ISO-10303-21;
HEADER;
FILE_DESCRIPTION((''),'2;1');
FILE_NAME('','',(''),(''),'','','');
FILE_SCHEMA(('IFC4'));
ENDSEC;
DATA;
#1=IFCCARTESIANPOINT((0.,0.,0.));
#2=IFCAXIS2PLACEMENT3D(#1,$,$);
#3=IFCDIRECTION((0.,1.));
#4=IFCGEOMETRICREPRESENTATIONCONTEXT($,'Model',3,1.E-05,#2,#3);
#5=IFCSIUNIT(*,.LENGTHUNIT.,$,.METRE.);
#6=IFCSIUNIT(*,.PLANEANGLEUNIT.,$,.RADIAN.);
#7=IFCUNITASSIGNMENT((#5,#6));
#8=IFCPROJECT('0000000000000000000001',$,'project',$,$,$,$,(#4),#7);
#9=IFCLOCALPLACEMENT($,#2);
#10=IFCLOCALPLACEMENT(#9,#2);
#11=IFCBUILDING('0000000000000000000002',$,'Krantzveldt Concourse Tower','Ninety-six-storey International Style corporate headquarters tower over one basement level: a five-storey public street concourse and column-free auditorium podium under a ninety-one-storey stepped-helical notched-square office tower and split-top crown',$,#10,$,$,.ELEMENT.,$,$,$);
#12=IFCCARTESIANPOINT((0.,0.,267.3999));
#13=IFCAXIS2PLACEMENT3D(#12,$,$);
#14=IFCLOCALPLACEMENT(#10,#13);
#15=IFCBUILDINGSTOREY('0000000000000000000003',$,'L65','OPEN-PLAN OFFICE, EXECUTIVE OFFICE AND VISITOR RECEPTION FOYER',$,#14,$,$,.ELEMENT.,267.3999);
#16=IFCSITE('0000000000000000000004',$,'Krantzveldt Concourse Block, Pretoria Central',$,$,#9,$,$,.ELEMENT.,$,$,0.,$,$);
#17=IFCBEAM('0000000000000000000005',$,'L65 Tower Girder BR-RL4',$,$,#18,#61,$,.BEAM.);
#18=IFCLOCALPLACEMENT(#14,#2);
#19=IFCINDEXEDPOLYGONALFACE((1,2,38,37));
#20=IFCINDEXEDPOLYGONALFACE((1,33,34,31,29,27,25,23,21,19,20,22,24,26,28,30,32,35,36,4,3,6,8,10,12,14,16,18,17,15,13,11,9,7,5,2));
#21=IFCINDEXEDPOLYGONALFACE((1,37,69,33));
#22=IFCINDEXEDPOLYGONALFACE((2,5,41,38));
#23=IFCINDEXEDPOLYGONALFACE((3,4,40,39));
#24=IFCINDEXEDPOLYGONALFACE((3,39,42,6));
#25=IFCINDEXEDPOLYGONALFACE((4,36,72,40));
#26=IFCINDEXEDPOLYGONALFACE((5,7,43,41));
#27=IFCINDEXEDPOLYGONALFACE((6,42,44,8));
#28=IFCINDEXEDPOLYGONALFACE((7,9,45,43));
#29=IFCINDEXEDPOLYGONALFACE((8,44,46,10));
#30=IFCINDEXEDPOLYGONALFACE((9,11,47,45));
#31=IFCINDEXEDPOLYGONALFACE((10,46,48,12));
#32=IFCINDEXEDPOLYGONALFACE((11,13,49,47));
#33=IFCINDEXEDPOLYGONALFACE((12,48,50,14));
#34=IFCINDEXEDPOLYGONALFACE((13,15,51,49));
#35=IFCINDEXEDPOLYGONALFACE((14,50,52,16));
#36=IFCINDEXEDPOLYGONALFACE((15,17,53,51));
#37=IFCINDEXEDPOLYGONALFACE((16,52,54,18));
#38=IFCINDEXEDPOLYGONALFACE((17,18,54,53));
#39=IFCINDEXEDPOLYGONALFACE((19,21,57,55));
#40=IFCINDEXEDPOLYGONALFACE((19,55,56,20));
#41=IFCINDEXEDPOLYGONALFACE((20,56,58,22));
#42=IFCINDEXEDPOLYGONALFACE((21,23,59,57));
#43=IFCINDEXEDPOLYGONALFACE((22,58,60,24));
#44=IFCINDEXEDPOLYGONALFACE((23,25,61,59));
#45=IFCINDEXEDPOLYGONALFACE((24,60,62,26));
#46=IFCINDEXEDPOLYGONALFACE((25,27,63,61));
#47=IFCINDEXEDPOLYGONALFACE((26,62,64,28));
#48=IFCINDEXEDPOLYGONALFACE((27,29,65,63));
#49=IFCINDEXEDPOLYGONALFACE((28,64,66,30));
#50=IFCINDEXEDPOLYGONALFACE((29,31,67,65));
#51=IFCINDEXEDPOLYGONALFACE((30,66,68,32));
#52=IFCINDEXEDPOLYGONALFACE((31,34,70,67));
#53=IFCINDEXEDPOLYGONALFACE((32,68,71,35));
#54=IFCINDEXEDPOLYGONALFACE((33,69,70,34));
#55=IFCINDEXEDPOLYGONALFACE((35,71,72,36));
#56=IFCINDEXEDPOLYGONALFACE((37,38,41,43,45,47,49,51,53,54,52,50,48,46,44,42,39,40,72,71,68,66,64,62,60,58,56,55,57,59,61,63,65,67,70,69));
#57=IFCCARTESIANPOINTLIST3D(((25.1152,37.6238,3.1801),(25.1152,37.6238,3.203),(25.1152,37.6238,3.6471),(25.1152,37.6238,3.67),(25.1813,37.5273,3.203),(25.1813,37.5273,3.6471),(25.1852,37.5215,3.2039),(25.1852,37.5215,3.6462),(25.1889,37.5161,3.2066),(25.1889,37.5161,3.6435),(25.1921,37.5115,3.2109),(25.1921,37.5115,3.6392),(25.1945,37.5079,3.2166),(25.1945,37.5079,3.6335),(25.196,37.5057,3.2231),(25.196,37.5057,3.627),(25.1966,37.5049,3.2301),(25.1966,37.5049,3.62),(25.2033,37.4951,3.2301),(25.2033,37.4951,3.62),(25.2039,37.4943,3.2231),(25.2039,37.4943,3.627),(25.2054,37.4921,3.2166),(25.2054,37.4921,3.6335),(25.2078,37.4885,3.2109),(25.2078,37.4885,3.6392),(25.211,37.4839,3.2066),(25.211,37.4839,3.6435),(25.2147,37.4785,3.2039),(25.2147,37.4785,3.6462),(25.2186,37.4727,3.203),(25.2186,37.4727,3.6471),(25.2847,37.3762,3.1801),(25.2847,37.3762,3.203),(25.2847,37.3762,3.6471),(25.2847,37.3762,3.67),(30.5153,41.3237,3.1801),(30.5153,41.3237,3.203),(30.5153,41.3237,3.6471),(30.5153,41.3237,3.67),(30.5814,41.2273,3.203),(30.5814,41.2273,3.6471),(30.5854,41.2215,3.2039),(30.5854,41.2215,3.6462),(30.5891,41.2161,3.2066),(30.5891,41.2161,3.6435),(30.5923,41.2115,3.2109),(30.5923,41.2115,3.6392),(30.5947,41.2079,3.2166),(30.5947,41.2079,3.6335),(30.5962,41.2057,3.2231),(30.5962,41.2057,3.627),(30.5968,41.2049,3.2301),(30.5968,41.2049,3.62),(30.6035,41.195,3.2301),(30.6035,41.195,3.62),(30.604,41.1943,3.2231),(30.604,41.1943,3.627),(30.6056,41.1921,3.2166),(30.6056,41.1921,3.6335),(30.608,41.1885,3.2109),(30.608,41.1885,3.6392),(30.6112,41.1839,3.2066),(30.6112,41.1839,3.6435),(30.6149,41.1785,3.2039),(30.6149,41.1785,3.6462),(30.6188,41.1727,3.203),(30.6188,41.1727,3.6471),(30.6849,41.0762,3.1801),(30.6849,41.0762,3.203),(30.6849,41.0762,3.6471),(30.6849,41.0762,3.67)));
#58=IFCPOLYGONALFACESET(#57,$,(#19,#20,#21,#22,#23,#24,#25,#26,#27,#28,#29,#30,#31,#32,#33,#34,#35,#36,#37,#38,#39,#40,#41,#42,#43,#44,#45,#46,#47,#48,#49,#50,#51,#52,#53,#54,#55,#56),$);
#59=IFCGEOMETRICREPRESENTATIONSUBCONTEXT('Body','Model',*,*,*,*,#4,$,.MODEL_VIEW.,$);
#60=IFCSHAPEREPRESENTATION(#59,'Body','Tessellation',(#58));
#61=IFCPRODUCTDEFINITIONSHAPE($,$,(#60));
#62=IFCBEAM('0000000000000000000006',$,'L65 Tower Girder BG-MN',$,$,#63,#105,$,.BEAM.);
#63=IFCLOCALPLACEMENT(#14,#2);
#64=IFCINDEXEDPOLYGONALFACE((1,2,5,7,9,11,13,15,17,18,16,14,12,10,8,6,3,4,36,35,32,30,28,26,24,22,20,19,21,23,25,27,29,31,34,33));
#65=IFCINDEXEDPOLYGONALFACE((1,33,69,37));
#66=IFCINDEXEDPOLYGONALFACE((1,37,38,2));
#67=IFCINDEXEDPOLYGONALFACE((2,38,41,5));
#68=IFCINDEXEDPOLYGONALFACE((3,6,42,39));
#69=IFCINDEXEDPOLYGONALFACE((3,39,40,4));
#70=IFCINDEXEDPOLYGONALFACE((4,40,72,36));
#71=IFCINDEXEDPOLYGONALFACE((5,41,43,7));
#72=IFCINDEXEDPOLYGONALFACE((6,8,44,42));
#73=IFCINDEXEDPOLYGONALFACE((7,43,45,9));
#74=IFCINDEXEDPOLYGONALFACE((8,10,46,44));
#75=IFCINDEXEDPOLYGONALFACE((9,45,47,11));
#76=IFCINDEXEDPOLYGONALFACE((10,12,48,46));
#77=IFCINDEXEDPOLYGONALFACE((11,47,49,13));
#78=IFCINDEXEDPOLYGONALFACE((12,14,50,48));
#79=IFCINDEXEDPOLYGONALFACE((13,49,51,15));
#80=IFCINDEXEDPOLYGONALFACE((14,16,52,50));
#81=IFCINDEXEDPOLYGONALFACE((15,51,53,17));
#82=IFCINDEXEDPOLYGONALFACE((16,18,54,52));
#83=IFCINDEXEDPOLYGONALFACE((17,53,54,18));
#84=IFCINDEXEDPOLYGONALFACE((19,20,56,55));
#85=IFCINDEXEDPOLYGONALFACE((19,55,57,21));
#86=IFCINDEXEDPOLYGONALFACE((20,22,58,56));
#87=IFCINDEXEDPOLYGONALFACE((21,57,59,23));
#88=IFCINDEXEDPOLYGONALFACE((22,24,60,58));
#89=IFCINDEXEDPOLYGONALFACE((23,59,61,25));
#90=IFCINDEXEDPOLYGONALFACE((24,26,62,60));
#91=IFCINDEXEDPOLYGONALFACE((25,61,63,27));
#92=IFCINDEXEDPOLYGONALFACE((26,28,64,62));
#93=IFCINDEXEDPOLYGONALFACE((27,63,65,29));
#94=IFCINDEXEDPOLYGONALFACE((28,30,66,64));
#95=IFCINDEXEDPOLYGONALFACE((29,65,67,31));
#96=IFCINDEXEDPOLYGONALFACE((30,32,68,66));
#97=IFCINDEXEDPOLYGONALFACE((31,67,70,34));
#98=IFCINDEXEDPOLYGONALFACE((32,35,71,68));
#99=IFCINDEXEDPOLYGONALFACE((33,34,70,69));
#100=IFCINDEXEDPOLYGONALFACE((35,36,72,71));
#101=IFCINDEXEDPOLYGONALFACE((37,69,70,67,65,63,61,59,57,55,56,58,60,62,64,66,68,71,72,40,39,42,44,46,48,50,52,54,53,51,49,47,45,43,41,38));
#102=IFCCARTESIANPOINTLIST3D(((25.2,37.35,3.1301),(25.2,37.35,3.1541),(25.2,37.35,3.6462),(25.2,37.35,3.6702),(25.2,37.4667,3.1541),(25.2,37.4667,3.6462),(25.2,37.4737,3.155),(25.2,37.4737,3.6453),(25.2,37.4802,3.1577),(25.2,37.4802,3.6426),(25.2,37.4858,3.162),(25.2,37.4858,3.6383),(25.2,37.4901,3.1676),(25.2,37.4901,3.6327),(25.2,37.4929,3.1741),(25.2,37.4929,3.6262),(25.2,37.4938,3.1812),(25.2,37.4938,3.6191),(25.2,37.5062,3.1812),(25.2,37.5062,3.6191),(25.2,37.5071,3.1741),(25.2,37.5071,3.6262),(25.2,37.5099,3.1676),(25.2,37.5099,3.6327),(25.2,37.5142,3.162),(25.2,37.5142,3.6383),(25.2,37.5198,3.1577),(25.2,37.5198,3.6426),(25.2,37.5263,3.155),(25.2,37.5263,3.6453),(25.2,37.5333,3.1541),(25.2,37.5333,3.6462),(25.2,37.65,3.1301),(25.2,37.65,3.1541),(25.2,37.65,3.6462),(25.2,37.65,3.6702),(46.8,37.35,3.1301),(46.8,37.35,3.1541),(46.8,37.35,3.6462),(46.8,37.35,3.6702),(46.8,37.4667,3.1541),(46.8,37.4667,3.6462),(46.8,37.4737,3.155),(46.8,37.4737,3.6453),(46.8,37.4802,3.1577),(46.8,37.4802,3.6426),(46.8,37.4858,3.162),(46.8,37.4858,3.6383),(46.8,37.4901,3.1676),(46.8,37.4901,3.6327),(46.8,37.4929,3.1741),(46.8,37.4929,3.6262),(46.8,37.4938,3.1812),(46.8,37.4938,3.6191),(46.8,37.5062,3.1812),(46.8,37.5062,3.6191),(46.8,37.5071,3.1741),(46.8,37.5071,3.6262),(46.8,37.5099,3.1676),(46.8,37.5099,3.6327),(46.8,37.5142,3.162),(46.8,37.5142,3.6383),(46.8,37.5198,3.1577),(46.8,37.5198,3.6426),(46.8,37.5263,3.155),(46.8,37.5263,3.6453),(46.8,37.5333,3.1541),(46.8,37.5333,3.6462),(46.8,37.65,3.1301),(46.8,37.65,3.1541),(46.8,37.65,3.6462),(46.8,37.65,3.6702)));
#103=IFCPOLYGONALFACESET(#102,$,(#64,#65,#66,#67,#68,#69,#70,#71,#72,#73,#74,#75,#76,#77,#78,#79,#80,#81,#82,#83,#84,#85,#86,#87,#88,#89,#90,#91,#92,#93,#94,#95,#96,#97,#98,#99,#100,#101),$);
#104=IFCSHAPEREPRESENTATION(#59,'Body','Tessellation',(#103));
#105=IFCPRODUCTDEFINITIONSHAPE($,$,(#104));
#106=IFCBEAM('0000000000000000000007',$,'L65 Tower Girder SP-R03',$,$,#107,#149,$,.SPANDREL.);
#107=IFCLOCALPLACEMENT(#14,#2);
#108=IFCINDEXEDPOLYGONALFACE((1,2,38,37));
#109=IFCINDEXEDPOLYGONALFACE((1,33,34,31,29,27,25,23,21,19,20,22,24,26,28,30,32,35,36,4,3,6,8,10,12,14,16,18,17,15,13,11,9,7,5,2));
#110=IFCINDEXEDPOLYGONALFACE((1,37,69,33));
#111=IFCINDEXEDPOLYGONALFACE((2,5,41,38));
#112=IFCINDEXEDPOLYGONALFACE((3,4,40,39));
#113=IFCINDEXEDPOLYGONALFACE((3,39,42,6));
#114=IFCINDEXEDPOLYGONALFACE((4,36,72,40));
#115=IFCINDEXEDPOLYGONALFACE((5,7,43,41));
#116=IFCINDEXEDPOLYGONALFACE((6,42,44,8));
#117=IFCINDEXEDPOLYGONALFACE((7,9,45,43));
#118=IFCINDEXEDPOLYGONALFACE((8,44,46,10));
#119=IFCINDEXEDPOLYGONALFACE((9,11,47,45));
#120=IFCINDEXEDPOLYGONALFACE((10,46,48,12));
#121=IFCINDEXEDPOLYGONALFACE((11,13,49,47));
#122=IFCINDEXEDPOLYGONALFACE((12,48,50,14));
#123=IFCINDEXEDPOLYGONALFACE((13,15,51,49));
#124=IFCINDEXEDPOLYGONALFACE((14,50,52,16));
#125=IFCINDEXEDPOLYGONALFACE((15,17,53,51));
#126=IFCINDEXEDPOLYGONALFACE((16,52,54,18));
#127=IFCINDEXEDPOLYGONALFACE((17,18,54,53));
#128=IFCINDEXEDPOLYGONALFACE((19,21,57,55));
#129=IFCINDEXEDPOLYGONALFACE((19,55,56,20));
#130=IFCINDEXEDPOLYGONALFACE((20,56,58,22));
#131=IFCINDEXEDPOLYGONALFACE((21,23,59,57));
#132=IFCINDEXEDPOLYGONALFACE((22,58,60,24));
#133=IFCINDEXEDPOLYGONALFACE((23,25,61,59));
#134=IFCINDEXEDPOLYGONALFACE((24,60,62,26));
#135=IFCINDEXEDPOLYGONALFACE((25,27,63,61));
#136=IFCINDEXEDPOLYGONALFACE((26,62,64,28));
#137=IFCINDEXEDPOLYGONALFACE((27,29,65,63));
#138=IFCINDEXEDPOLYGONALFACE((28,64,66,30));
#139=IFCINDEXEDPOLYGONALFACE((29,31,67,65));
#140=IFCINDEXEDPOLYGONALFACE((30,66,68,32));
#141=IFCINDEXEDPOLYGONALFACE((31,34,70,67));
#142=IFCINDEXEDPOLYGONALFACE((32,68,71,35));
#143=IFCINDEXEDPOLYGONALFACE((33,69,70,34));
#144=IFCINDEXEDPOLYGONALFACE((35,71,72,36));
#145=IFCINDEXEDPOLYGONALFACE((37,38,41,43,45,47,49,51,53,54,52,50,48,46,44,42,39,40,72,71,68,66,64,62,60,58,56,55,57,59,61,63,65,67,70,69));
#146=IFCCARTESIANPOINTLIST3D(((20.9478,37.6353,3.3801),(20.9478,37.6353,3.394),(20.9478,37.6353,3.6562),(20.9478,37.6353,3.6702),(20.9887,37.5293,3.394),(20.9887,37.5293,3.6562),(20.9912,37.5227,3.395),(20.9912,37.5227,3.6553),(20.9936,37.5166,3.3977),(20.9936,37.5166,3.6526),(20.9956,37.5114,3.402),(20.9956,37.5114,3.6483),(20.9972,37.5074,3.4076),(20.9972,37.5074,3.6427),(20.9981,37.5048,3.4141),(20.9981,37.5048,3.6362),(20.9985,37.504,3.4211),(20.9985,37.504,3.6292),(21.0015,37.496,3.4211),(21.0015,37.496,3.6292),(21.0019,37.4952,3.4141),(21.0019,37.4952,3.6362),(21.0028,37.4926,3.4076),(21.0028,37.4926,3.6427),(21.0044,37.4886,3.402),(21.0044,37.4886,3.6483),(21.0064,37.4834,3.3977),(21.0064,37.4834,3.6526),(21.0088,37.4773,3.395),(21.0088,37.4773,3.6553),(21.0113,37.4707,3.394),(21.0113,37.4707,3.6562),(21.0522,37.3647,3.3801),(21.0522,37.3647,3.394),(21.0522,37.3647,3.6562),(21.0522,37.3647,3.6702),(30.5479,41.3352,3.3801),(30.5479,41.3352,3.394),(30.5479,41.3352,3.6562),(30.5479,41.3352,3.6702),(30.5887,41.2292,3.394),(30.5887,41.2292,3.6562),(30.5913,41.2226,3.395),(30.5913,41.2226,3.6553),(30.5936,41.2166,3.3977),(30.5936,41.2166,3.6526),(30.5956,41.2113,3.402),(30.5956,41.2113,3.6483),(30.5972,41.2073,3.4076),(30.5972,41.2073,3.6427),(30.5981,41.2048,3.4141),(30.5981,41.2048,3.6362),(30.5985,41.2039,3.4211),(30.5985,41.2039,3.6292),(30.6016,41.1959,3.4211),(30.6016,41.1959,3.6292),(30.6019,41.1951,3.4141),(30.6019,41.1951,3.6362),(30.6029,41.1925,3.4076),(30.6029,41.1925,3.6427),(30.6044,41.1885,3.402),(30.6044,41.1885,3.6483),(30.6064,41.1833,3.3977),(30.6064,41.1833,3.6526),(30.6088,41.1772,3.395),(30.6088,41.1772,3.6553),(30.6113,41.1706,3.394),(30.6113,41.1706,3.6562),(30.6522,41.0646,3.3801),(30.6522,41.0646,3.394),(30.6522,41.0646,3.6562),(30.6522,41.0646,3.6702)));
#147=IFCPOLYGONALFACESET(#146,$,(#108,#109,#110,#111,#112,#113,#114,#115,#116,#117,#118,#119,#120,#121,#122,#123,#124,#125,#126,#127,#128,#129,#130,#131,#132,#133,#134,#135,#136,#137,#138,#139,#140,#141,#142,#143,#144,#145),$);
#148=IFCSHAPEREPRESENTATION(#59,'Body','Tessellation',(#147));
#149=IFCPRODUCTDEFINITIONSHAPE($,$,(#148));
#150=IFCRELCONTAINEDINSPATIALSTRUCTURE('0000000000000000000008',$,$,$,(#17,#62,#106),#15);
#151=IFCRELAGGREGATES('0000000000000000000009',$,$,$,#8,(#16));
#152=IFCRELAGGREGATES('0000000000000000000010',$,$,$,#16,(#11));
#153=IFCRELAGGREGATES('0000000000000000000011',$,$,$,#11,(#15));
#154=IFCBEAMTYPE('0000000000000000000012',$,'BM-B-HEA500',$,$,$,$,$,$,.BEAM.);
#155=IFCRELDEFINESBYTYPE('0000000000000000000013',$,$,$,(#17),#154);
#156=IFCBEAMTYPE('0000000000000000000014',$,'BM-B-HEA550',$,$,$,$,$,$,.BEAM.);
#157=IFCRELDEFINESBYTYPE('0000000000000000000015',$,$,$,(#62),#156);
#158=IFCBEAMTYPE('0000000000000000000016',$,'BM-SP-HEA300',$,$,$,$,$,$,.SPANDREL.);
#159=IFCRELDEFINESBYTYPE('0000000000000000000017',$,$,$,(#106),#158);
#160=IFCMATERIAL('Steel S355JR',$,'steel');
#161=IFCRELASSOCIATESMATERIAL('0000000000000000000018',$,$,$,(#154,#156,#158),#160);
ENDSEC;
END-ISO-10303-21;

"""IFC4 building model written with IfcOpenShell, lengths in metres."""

from ifc_helpers import new_model, si_unit, direction, frame, origin, origin_2d, place, context, subcontext, project, spatial, i_section, extrude, source, transform, mapped, material, material_profile, profile_set, type_object, type_shapes, element, save


model = new_model("IFC4")

# Units and contexts
model_context = context("Model", 3, precision=1e-05, world=origin(), true_north=direction((0.0, 1.0)))
body_context = subcontext(model_context, "Body", "Model", "MODEL_VIEW")
ifc_project = project(units=[si_unit("LENGTHUNIT", "METRE"), si_unit("PLANEANGLEUNIT", "RADIAN")], contexts=[model_context])

# Site, building, storey
site_placement = place(None, origin())
site = spatial("IfcSite", under=ifc_project, at=site_placement, Name="Krantzveldt Concourse Block, Pretoria Central", CompositionType="ELEMENT", RefElevation=0.0)
building_placement = place(site_placement, origin())
building = spatial("IfcBuilding", under=site, at=building_placement, Name="Krantzveldt Concourse Tower", Description="Ninety-six-storey International Style corporate headquarters tower over one basement level: a five-storey public street concourse and column-free auditorium podium under a ninety-one-storey stepped-helical notched-square office tower and split-top crown", CompositionType="ELEMENT")
storey_placement = place(building_placement, frame((0.0, 0.0, 267.3999)))
storey = spatial("IfcBuildingStorey", under=building, at=storey_placement, Name="L65", Description="OPEN-PLAN OFFICE, EXECUTIVE OFFICE AND VISITOR RECEPTION FOYER", CompositionType="ELEMENT", Elevation=267.3999)

# Beams
ifc_material_1 = material(Name="Steel S355JR", Category="steel")
ifc_material_profile_1 = material_profile(ifc_material_1, i_section(OverallWidth=0.3, OverallDepth=0.49, WebThickness=0.012, FlangeThickness=0.0229, FilletRadius=0.0271, at=origin_2d()), Name="Steel S355JR", Category="steel")
ifc_profile_set_1 = profile_set([ifc_material_profile_1], Name="Steel S355JR - HEA 500")
beam_type_1 = type_object("IfcBeamType", Name="BM-B-HEA500", PredefinedType="BEAM", material=ifc_profile_set_1)
shared_shape_1 = source(origin(), body_context, "Body", "SweptSolid", [
    extrude(i_section(OverallWidth=0.3, OverallDepth=0.49, WebThickness=0.012, FlangeThickness=0.0229, FilletRadius=0.0271, at=origin_2d()), origin(), (0.0, 0.0, 1.0), 6.5461),
])
beam_1_placement = place(storey_placement, frame((25.2, 37.5, 3.425), z_axis=(0.824943, 0.565216, 0.0), x_axis=(-0.565216, 0.824943, 0.0)))
element("IfcBeam", 1, at=beam_1_placement, inside=storey, type_object=beam_type_1, Name="L65 Tower Girder BR-RL4", PredefinedType="BEAM", context=body_context, shape_type="MappedRepresentation", body=[
    mapped(shared_shape_1, transform((0.0, 0.0, 0.0), x_axis=(1.0, 0.0, 0.0), y_axis=(0.0, 1.0, 0.0), z_axis=(0.0, 0.0, 1.0), scale=1.0)),
])
ifc_material_profile_2 = material_profile(ifc_material_1, i_section(OverallWidth=0.3, OverallDepth=0.54, WebThickness=0.0125, FlangeThickness=0.0239, FilletRadius=0.0271, at=origin_2d()), Name="Steel S355JR", Category="steel")
ifc_profile_set_2 = profile_set([ifc_material_profile_2], Name="Steel S355JR - HEA 550")
beam_type_2 = type_object("IfcBeamType", Name="BM-B-HEA550", PredefinedType="BEAM", material=ifc_profile_set_2)
shared_shape_2 = source(origin(), body_context, "Body", "SweptSolid", [
    extrude(i_section(OverallWidth=0.3, OverallDepth=0.54, WebThickness=0.0125, FlangeThickness=0.0239, FilletRadius=0.0271, at=origin_2d()), origin(), (0.0, 0.0, 1.0), 21.6001),
])
type_shapes(beam_type_2, [shared_shape_2])
beam_2_placement = place(storey_placement, frame((25.2, 37.5, 3.4001), z_axis=(1.0, 0.0, 0.0), x_axis=(0.0, 1.0, 0.0)))
element("IfcBeam", 2, at=beam_2_placement, inside=storey, type_object=beam_type_2, Name="L65 Tower Girder BG-MN", PredefinedType="BEAM", context=body_context, shape_type="MappedRepresentation", body=[
    mapped(shared_shape_2, transform((0.0, 0.0, 0.0), x_axis=(1.0, 0.0, 0.0), y_axis=(0.0, 1.0, 0.0), z_axis=(0.0, 0.0, 1.0), scale=1.0)),
])
ifc_material_profile_3 = material_profile(ifc_material_1, i_section(OverallWidth=0.29, OverallDepth=0.29, WebThickness=0.0085, FlangeThickness=0.0139, FilletRadius=0.0271, at=origin_2d()), Name="Steel S355JR", Category="steel")
ifc_profile_set_3 = profile_set([ifc_material_profile_3], Name="Steel S355JR - HEA 300")
beam_type_3 = type_object("IfcBeamType", Name="BM-SP-HEA300", PredefinedType="SPANDREL", material=ifc_profile_set_3)
shared_shape_3 = source(origin(), body_context, "Body", "SweptSolid", [
    extrude(i_section(OverallWidth=0.29, OverallDepth=0.29, WebThickness=0.0085, FlangeThickness=0.0139, FilletRadius=0.0271, at=origin_2d()), origin(), (0.0, 0.0, 1.0), 10.2883),
])
beam_3_placement = place(storey_placement, frame((21.0, 37.5, 3.5251), z_axis=(0.933098, 0.359623, 0.0), x_axis=(-0.359623, 0.933098, 0.0)))
element("IfcBeam", 3, at=beam_3_placement, inside=storey, type_object=beam_type_3, Name="L65 Tower Girder SP-R03", PredefinedType="SPANDREL", context=body_context, shape_type="MappedRepresentation", body=[
    mapped(shared_shape_3, transform((0.0, 0.0, 0.0), x_axis=(1.0, 0.0, 0.0), y_axis=(0.0, 1.0, 0.0), z_axis=(0.0, 0.0, 1.0), scale=1.0)),
])

save(model, "model.ifc")
